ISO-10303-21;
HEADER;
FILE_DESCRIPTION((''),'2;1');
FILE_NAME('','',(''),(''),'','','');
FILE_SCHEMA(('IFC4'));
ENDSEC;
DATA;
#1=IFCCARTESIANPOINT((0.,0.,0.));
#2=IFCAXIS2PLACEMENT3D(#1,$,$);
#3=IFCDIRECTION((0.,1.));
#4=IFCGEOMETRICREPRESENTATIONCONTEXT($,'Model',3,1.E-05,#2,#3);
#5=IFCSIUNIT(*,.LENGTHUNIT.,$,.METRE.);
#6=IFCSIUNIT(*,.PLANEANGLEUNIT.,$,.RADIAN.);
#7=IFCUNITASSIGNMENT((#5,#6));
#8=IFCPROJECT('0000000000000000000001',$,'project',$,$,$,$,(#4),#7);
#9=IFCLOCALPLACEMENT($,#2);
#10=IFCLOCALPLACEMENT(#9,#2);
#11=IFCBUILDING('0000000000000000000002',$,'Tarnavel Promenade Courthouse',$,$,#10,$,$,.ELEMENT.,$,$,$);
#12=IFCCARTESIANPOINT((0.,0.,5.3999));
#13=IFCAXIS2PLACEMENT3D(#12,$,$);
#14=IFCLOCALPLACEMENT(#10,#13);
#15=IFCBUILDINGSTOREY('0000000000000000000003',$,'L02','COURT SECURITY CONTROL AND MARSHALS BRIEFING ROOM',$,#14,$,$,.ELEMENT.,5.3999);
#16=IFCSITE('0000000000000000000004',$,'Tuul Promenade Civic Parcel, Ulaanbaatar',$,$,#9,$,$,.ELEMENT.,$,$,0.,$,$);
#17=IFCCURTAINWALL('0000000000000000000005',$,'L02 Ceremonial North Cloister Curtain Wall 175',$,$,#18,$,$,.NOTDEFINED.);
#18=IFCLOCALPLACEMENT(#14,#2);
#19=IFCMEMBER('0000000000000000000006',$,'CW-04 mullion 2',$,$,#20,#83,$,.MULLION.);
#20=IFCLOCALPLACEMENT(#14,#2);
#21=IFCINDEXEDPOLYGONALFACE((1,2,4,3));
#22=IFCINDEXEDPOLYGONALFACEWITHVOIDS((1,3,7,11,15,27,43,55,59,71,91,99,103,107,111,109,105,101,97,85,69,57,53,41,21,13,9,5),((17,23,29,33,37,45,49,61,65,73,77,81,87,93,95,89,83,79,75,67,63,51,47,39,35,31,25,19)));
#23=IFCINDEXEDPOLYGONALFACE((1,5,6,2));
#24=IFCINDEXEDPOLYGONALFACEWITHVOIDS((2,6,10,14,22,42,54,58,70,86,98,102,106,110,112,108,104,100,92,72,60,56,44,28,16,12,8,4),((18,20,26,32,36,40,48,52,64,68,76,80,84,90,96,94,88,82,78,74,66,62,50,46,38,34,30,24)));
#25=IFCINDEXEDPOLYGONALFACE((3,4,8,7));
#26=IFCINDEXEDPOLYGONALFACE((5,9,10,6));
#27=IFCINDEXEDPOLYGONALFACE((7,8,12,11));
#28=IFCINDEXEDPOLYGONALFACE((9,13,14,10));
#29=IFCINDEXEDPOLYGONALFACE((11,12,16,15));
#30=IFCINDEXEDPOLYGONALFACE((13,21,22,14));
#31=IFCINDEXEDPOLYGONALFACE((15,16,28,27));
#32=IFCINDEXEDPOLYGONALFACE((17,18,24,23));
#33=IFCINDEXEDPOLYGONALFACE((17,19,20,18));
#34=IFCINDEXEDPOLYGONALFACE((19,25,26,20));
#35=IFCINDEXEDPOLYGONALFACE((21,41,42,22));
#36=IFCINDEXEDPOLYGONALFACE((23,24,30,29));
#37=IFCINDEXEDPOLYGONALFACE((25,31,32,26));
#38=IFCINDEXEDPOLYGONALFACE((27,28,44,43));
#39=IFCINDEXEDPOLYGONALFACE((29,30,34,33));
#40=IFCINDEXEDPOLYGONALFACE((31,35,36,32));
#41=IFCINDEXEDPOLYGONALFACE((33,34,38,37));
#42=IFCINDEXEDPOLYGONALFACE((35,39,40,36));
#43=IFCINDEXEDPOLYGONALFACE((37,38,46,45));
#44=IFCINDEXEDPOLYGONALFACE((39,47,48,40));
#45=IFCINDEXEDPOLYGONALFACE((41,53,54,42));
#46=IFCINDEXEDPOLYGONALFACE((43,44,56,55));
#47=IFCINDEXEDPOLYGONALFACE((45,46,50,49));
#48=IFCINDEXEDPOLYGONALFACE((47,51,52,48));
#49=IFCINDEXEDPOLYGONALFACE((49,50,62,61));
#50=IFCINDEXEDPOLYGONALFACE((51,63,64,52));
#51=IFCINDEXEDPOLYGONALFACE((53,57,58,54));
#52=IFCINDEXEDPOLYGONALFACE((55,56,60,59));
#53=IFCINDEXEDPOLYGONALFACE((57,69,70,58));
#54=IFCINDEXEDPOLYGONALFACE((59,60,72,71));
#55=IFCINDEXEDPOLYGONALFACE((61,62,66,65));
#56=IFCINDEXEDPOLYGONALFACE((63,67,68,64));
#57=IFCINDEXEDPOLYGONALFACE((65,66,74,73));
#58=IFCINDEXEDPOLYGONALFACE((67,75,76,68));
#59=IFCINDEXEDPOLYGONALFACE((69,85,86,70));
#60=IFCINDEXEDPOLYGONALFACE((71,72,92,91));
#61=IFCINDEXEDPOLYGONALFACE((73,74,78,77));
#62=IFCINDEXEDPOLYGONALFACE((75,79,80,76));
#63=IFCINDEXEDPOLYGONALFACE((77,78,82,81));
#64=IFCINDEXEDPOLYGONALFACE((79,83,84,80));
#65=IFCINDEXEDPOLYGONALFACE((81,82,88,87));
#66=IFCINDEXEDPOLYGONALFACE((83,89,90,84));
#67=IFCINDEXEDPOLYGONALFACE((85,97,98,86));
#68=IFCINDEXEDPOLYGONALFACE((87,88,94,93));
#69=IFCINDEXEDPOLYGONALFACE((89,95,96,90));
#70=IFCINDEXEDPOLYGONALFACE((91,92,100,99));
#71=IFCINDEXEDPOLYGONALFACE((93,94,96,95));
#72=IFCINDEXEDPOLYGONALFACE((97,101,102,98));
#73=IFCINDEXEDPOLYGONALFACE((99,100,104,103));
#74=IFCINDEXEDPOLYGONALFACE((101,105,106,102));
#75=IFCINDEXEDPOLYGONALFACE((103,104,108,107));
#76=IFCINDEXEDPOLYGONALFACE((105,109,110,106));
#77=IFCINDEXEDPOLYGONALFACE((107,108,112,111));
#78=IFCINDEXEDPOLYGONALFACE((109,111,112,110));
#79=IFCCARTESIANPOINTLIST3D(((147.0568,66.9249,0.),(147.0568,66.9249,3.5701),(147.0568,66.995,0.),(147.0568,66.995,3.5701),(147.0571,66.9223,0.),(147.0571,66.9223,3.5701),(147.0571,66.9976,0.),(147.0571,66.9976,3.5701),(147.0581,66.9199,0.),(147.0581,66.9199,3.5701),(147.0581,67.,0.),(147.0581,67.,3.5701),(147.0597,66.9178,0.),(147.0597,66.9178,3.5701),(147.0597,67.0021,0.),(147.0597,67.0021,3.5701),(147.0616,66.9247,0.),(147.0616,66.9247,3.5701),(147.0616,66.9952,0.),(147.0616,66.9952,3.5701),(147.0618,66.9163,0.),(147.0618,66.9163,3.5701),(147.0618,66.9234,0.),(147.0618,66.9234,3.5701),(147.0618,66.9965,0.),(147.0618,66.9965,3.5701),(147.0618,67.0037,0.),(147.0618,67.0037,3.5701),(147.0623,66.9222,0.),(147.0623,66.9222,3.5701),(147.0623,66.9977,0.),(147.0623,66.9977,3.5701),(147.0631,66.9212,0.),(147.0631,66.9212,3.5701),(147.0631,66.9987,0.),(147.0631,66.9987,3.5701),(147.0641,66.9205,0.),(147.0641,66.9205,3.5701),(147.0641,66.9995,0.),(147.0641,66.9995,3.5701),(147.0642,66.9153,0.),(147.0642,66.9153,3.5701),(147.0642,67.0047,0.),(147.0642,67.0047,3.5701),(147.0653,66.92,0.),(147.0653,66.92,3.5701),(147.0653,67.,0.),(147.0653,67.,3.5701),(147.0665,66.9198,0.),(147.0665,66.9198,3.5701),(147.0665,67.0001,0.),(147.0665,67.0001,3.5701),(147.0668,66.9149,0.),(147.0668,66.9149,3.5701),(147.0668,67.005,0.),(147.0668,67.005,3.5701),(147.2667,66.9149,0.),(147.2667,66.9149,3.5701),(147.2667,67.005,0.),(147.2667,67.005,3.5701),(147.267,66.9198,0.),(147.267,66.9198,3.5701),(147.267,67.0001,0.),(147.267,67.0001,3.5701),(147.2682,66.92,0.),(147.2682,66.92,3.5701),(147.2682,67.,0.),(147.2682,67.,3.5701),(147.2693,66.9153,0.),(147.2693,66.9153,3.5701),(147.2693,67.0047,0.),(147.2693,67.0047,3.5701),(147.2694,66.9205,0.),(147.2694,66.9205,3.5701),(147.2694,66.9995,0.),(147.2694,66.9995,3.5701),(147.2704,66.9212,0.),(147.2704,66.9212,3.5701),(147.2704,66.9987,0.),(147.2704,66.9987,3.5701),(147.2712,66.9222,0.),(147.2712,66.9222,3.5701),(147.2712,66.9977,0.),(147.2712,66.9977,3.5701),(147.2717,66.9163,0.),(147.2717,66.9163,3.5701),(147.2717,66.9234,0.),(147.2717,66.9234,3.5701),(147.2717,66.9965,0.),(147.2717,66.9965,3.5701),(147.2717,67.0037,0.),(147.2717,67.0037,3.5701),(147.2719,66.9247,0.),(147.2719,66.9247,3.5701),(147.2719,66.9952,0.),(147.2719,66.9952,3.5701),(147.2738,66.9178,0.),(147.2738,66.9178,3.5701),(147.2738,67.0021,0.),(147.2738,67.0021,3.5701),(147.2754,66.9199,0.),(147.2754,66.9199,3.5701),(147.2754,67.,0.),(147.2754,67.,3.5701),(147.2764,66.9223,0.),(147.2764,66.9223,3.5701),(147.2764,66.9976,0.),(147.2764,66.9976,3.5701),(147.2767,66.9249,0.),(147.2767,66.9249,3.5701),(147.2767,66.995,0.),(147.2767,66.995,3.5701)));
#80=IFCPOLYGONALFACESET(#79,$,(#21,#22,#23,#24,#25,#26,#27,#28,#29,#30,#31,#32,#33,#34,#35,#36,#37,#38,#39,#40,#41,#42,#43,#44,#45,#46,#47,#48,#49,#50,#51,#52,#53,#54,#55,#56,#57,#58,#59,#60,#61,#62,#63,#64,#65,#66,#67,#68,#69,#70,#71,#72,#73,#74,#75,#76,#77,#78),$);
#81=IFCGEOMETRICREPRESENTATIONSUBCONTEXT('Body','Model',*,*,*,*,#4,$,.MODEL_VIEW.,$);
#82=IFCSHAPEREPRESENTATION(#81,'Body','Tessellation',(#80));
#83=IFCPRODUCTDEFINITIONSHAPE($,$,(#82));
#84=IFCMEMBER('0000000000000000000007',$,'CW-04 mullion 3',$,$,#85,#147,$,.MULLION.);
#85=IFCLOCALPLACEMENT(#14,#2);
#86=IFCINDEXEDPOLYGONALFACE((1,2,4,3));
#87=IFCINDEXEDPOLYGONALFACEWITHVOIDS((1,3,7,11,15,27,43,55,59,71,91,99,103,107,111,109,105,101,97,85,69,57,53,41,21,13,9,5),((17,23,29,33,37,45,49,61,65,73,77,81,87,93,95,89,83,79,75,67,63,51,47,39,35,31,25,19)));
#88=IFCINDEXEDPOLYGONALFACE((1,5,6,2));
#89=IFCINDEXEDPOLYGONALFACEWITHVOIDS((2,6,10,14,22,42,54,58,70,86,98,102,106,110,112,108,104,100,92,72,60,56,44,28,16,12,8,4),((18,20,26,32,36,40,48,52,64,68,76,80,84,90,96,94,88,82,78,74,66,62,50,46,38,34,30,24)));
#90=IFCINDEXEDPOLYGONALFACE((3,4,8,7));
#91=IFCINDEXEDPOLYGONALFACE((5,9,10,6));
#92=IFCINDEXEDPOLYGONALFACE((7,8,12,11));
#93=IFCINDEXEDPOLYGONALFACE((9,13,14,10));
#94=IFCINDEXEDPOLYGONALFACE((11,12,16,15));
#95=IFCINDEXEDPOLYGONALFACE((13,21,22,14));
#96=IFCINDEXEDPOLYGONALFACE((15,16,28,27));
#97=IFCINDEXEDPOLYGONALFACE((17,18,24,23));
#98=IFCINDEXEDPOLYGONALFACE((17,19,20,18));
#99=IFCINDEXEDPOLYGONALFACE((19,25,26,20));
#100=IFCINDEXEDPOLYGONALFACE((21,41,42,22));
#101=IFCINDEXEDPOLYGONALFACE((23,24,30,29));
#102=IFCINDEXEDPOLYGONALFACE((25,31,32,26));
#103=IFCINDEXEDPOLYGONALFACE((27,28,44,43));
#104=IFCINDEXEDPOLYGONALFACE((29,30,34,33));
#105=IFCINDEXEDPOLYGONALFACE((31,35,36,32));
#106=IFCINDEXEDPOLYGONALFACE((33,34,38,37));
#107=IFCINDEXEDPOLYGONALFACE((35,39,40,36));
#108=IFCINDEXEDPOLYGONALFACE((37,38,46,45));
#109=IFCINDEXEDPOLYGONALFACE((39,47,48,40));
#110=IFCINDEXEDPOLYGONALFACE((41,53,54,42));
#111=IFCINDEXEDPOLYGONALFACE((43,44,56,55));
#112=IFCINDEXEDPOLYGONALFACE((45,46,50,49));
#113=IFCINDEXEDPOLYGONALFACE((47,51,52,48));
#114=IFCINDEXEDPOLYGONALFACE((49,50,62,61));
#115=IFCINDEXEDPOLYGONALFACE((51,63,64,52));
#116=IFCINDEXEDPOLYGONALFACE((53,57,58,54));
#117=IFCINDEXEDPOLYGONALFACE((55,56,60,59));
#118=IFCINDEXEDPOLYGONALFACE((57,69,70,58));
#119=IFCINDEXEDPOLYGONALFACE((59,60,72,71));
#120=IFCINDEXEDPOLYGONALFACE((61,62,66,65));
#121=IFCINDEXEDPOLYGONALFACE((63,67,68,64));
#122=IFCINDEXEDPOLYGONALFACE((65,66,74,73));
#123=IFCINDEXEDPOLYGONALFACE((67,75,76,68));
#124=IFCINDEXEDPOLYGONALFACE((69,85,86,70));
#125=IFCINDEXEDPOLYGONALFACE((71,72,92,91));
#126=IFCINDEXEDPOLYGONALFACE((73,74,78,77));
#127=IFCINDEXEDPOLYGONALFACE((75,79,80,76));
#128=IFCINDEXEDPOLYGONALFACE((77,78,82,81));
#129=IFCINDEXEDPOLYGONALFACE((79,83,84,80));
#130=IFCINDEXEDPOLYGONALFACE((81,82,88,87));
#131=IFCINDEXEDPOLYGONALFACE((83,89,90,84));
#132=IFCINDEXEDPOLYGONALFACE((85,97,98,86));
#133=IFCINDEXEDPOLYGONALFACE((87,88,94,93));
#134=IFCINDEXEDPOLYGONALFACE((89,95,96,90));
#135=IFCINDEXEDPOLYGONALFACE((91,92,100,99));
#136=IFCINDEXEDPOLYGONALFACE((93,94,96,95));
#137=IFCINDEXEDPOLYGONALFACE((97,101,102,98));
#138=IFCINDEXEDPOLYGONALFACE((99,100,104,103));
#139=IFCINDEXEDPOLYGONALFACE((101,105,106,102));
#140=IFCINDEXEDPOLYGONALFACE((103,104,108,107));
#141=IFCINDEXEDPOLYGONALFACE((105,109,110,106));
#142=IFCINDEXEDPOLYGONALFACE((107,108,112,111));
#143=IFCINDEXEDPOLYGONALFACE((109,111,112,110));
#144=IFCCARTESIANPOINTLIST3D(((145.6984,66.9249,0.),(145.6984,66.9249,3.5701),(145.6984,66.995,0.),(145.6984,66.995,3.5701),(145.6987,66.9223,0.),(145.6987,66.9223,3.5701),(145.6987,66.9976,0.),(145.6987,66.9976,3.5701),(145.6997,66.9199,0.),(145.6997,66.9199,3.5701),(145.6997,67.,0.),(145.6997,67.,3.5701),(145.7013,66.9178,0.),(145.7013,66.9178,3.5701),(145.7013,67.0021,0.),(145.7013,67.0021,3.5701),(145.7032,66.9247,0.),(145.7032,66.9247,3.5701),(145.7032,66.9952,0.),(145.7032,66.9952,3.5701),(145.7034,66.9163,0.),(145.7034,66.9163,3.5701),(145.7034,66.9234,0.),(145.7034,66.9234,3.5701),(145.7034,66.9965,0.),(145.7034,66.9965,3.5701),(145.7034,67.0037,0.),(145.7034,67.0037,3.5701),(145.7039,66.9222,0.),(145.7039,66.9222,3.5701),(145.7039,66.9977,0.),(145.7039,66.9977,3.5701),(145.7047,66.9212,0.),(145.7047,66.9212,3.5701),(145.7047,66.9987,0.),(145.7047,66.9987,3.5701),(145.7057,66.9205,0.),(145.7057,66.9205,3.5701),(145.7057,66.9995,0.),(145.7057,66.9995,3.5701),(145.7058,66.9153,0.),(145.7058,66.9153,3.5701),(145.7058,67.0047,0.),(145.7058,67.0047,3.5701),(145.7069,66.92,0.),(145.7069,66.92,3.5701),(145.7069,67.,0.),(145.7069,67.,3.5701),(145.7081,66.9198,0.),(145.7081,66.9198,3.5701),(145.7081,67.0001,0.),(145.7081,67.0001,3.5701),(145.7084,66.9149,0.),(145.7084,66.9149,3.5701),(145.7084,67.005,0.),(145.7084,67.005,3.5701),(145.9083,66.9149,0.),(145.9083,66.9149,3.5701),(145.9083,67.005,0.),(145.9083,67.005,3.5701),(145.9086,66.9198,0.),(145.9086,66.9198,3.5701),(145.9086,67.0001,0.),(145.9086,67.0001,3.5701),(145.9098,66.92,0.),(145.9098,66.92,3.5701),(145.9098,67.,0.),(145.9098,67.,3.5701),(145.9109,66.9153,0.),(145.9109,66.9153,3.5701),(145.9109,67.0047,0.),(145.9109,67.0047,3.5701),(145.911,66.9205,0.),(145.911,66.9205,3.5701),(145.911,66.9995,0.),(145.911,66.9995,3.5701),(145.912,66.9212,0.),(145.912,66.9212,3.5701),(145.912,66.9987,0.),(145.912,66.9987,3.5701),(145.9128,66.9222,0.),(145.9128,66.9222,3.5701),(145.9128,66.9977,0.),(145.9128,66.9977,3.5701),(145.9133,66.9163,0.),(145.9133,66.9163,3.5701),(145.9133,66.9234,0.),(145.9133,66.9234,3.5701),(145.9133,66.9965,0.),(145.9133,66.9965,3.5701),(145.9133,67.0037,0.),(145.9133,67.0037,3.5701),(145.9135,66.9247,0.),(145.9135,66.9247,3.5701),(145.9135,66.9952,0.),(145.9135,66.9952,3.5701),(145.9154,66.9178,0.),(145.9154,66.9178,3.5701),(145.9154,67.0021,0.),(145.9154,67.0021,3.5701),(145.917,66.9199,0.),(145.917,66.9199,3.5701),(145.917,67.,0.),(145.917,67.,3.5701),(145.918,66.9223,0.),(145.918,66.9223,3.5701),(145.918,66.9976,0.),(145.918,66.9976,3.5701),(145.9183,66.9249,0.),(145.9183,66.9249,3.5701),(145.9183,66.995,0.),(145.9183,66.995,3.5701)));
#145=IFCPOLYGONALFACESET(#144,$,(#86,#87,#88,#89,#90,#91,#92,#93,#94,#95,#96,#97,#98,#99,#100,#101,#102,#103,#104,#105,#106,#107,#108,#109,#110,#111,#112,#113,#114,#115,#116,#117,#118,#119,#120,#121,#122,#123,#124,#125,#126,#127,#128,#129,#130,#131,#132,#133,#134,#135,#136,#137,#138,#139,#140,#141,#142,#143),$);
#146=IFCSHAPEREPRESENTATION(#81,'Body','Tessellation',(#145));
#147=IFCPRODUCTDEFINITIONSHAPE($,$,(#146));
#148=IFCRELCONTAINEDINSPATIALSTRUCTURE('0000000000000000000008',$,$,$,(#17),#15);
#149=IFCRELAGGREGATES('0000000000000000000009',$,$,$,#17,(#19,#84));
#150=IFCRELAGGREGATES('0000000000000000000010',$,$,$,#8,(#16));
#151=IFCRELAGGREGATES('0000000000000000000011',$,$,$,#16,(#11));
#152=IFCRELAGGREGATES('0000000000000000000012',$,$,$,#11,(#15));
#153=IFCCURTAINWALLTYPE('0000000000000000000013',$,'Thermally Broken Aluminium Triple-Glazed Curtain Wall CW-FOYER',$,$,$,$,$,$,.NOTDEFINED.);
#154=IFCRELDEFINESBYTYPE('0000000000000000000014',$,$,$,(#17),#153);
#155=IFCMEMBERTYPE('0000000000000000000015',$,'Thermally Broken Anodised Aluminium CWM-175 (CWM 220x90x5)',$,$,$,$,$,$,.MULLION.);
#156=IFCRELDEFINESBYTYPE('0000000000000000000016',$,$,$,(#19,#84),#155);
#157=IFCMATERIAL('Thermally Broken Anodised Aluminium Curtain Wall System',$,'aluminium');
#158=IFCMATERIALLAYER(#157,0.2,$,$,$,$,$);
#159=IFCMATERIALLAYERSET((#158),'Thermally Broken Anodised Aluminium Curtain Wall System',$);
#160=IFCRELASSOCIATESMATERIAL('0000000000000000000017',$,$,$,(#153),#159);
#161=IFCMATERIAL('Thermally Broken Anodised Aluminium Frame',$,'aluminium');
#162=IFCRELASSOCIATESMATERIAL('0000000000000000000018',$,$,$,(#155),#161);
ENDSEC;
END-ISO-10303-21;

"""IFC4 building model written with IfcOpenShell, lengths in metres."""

from ifc_helpers import new_model, si_unit, direction, frame, origin, origin_2d, place, context, subcontext, project, spatial, hollow_rectangle, extrude, material, layer, layer_set, material_profile, profile_set, type_object, element, aggregate, save


model = new_model("IFC4")

# Units and contexts
model_context = context("Model", 3, precision=1e-05, world=origin(), true_north=direction((0.0, 1.0)))
body_context = subcontext(model_context, "Body", "Model", "MODEL_VIEW")
ifc_project = project(units=[si_unit("LENGTHUNIT", "METRE"), si_unit("PLANEANGLEUNIT", "RADIAN")], contexts=[model_context])

# Site, building, storey
site_placement = place(None, origin())
site = spatial("IfcSite", under=ifc_project, at=site_placement, Name="Tuul Promenade Civic Parcel, Ulaanbaatar", CompositionType="ELEMENT", RefElevation=0.0)
building_placement = place(site_placement, origin())
building = spatial("IfcBuilding", under=site, at=building_placement, Name="Tarnavel Promenade Courthouse", CompositionType="ELEMENT")
storey_placement = place(building_placement, frame((0.0, 0.0, 5.3999)))
storey = spatial("IfcBuildingStorey", under=building, at=storey_placement, Name="L02", Description="COURT SECURITY CONTROL AND MARSHALS BRIEFING ROOM", CompositionType="ELEMENT", Elevation=5.3999)

# Curtain wall, members
ifc_material_1 = material(Name="Thermally Broken Anodised Aluminium Curtain Wall System", Category="aluminium")
ifc_layer_1 = layer(ifc_material_1, 0.2)
ifc_layer_set_1 = layer_set([ifc_layer_1], Name="Thermally Broken Anodised Aluminium Curtain Wall System")
curtain_wall_type = type_object("IfcCurtainWallType", Name="Thermally Broken Aluminium Triple-Glazed Curtain Wall CW-FOYER", PredefinedType="NOTDEFINED", material=ifc_layer_set_1)
ifc_material_2 = material(Name="Thermally Broken Anodised Aluminium Frame", Category="aluminium")
ifc_material_profile_1 = material_profile(ifc_material_2, hollow_rectangle(XDim=0.0901, YDim=0.22, WallThickness=0.0049, InnerFilletRadius=0.0049, OuterFilletRadius=0.01, at=origin_2d()), Name="CWM 220x90x5")
ifc_profile_set_1 = profile_set([ifc_material_profile_1], Name="Thermally Broken Anodised Aluminium Frame")
member_type_1 = type_object("IfcMemberType", Name="Thermally Broken Anodised Aluminium CWM-175 (CWM 220x90x5)", PredefinedType="MULLION", material=ifc_profile_set_1)
curtain_wall_1_placement = place(storey_placement, origin())
curtain_wall_1 = element("IfcCurtainWall", 1, at=curtain_wall_1_placement, inside=storey, type_object=curtain_wall_type, Name="L02 Ceremonial North Cloister Curtain Wall 175", PredefinedType="NOTDEFINED")
member_1_placement = place(storey_placement, frame((147.1667, 66.96, 0.0), z_axis=(0.0, 0.0, 1.0), x_axis=(0.0, -1.0, 0.0)))
member_1 = element("IfcMember", 2, at=member_1_placement, type_object=member_type_1, Name="CW-04 mullion 2", PredefinedType="MULLION", context=body_context, shape_type="SweptSolid", body=[
    extrude(hollow_rectangle(XDim=0.0901, YDim=0.22, WallThickness=0.0049, InnerFilletRadius=0.0049, OuterFilletRadius=0.01, at=origin_2d()), origin(), (0.0, 0.0, 1.0), 3.5701),
])
member_2_placement = place(storey_placement, frame((145.8083, 66.96, 0.0), z_axis=(0.0, 0.0, 1.0), x_axis=(0.0, -1.0, 0.0)))
member_2 = element("IfcMember", 3, at=member_2_placement, type_object=member_type_1, Name="CW-04 mullion 3", PredefinedType="MULLION", context=body_context, shape_type="SweptSolid", body=[
    extrude(hollow_rectangle(XDim=0.0901, YDim=0.22, WallThickness=0.0049, InnerFilletRadius=0.0049, OuterFilletRadius=0.01, at=origin_2d()), origin(), (0.0, 0.0, 1.0), 3.5701),
])

aggregate(curtain_wall_1, [member_1, member_2])

save(model, "model.ifc")
